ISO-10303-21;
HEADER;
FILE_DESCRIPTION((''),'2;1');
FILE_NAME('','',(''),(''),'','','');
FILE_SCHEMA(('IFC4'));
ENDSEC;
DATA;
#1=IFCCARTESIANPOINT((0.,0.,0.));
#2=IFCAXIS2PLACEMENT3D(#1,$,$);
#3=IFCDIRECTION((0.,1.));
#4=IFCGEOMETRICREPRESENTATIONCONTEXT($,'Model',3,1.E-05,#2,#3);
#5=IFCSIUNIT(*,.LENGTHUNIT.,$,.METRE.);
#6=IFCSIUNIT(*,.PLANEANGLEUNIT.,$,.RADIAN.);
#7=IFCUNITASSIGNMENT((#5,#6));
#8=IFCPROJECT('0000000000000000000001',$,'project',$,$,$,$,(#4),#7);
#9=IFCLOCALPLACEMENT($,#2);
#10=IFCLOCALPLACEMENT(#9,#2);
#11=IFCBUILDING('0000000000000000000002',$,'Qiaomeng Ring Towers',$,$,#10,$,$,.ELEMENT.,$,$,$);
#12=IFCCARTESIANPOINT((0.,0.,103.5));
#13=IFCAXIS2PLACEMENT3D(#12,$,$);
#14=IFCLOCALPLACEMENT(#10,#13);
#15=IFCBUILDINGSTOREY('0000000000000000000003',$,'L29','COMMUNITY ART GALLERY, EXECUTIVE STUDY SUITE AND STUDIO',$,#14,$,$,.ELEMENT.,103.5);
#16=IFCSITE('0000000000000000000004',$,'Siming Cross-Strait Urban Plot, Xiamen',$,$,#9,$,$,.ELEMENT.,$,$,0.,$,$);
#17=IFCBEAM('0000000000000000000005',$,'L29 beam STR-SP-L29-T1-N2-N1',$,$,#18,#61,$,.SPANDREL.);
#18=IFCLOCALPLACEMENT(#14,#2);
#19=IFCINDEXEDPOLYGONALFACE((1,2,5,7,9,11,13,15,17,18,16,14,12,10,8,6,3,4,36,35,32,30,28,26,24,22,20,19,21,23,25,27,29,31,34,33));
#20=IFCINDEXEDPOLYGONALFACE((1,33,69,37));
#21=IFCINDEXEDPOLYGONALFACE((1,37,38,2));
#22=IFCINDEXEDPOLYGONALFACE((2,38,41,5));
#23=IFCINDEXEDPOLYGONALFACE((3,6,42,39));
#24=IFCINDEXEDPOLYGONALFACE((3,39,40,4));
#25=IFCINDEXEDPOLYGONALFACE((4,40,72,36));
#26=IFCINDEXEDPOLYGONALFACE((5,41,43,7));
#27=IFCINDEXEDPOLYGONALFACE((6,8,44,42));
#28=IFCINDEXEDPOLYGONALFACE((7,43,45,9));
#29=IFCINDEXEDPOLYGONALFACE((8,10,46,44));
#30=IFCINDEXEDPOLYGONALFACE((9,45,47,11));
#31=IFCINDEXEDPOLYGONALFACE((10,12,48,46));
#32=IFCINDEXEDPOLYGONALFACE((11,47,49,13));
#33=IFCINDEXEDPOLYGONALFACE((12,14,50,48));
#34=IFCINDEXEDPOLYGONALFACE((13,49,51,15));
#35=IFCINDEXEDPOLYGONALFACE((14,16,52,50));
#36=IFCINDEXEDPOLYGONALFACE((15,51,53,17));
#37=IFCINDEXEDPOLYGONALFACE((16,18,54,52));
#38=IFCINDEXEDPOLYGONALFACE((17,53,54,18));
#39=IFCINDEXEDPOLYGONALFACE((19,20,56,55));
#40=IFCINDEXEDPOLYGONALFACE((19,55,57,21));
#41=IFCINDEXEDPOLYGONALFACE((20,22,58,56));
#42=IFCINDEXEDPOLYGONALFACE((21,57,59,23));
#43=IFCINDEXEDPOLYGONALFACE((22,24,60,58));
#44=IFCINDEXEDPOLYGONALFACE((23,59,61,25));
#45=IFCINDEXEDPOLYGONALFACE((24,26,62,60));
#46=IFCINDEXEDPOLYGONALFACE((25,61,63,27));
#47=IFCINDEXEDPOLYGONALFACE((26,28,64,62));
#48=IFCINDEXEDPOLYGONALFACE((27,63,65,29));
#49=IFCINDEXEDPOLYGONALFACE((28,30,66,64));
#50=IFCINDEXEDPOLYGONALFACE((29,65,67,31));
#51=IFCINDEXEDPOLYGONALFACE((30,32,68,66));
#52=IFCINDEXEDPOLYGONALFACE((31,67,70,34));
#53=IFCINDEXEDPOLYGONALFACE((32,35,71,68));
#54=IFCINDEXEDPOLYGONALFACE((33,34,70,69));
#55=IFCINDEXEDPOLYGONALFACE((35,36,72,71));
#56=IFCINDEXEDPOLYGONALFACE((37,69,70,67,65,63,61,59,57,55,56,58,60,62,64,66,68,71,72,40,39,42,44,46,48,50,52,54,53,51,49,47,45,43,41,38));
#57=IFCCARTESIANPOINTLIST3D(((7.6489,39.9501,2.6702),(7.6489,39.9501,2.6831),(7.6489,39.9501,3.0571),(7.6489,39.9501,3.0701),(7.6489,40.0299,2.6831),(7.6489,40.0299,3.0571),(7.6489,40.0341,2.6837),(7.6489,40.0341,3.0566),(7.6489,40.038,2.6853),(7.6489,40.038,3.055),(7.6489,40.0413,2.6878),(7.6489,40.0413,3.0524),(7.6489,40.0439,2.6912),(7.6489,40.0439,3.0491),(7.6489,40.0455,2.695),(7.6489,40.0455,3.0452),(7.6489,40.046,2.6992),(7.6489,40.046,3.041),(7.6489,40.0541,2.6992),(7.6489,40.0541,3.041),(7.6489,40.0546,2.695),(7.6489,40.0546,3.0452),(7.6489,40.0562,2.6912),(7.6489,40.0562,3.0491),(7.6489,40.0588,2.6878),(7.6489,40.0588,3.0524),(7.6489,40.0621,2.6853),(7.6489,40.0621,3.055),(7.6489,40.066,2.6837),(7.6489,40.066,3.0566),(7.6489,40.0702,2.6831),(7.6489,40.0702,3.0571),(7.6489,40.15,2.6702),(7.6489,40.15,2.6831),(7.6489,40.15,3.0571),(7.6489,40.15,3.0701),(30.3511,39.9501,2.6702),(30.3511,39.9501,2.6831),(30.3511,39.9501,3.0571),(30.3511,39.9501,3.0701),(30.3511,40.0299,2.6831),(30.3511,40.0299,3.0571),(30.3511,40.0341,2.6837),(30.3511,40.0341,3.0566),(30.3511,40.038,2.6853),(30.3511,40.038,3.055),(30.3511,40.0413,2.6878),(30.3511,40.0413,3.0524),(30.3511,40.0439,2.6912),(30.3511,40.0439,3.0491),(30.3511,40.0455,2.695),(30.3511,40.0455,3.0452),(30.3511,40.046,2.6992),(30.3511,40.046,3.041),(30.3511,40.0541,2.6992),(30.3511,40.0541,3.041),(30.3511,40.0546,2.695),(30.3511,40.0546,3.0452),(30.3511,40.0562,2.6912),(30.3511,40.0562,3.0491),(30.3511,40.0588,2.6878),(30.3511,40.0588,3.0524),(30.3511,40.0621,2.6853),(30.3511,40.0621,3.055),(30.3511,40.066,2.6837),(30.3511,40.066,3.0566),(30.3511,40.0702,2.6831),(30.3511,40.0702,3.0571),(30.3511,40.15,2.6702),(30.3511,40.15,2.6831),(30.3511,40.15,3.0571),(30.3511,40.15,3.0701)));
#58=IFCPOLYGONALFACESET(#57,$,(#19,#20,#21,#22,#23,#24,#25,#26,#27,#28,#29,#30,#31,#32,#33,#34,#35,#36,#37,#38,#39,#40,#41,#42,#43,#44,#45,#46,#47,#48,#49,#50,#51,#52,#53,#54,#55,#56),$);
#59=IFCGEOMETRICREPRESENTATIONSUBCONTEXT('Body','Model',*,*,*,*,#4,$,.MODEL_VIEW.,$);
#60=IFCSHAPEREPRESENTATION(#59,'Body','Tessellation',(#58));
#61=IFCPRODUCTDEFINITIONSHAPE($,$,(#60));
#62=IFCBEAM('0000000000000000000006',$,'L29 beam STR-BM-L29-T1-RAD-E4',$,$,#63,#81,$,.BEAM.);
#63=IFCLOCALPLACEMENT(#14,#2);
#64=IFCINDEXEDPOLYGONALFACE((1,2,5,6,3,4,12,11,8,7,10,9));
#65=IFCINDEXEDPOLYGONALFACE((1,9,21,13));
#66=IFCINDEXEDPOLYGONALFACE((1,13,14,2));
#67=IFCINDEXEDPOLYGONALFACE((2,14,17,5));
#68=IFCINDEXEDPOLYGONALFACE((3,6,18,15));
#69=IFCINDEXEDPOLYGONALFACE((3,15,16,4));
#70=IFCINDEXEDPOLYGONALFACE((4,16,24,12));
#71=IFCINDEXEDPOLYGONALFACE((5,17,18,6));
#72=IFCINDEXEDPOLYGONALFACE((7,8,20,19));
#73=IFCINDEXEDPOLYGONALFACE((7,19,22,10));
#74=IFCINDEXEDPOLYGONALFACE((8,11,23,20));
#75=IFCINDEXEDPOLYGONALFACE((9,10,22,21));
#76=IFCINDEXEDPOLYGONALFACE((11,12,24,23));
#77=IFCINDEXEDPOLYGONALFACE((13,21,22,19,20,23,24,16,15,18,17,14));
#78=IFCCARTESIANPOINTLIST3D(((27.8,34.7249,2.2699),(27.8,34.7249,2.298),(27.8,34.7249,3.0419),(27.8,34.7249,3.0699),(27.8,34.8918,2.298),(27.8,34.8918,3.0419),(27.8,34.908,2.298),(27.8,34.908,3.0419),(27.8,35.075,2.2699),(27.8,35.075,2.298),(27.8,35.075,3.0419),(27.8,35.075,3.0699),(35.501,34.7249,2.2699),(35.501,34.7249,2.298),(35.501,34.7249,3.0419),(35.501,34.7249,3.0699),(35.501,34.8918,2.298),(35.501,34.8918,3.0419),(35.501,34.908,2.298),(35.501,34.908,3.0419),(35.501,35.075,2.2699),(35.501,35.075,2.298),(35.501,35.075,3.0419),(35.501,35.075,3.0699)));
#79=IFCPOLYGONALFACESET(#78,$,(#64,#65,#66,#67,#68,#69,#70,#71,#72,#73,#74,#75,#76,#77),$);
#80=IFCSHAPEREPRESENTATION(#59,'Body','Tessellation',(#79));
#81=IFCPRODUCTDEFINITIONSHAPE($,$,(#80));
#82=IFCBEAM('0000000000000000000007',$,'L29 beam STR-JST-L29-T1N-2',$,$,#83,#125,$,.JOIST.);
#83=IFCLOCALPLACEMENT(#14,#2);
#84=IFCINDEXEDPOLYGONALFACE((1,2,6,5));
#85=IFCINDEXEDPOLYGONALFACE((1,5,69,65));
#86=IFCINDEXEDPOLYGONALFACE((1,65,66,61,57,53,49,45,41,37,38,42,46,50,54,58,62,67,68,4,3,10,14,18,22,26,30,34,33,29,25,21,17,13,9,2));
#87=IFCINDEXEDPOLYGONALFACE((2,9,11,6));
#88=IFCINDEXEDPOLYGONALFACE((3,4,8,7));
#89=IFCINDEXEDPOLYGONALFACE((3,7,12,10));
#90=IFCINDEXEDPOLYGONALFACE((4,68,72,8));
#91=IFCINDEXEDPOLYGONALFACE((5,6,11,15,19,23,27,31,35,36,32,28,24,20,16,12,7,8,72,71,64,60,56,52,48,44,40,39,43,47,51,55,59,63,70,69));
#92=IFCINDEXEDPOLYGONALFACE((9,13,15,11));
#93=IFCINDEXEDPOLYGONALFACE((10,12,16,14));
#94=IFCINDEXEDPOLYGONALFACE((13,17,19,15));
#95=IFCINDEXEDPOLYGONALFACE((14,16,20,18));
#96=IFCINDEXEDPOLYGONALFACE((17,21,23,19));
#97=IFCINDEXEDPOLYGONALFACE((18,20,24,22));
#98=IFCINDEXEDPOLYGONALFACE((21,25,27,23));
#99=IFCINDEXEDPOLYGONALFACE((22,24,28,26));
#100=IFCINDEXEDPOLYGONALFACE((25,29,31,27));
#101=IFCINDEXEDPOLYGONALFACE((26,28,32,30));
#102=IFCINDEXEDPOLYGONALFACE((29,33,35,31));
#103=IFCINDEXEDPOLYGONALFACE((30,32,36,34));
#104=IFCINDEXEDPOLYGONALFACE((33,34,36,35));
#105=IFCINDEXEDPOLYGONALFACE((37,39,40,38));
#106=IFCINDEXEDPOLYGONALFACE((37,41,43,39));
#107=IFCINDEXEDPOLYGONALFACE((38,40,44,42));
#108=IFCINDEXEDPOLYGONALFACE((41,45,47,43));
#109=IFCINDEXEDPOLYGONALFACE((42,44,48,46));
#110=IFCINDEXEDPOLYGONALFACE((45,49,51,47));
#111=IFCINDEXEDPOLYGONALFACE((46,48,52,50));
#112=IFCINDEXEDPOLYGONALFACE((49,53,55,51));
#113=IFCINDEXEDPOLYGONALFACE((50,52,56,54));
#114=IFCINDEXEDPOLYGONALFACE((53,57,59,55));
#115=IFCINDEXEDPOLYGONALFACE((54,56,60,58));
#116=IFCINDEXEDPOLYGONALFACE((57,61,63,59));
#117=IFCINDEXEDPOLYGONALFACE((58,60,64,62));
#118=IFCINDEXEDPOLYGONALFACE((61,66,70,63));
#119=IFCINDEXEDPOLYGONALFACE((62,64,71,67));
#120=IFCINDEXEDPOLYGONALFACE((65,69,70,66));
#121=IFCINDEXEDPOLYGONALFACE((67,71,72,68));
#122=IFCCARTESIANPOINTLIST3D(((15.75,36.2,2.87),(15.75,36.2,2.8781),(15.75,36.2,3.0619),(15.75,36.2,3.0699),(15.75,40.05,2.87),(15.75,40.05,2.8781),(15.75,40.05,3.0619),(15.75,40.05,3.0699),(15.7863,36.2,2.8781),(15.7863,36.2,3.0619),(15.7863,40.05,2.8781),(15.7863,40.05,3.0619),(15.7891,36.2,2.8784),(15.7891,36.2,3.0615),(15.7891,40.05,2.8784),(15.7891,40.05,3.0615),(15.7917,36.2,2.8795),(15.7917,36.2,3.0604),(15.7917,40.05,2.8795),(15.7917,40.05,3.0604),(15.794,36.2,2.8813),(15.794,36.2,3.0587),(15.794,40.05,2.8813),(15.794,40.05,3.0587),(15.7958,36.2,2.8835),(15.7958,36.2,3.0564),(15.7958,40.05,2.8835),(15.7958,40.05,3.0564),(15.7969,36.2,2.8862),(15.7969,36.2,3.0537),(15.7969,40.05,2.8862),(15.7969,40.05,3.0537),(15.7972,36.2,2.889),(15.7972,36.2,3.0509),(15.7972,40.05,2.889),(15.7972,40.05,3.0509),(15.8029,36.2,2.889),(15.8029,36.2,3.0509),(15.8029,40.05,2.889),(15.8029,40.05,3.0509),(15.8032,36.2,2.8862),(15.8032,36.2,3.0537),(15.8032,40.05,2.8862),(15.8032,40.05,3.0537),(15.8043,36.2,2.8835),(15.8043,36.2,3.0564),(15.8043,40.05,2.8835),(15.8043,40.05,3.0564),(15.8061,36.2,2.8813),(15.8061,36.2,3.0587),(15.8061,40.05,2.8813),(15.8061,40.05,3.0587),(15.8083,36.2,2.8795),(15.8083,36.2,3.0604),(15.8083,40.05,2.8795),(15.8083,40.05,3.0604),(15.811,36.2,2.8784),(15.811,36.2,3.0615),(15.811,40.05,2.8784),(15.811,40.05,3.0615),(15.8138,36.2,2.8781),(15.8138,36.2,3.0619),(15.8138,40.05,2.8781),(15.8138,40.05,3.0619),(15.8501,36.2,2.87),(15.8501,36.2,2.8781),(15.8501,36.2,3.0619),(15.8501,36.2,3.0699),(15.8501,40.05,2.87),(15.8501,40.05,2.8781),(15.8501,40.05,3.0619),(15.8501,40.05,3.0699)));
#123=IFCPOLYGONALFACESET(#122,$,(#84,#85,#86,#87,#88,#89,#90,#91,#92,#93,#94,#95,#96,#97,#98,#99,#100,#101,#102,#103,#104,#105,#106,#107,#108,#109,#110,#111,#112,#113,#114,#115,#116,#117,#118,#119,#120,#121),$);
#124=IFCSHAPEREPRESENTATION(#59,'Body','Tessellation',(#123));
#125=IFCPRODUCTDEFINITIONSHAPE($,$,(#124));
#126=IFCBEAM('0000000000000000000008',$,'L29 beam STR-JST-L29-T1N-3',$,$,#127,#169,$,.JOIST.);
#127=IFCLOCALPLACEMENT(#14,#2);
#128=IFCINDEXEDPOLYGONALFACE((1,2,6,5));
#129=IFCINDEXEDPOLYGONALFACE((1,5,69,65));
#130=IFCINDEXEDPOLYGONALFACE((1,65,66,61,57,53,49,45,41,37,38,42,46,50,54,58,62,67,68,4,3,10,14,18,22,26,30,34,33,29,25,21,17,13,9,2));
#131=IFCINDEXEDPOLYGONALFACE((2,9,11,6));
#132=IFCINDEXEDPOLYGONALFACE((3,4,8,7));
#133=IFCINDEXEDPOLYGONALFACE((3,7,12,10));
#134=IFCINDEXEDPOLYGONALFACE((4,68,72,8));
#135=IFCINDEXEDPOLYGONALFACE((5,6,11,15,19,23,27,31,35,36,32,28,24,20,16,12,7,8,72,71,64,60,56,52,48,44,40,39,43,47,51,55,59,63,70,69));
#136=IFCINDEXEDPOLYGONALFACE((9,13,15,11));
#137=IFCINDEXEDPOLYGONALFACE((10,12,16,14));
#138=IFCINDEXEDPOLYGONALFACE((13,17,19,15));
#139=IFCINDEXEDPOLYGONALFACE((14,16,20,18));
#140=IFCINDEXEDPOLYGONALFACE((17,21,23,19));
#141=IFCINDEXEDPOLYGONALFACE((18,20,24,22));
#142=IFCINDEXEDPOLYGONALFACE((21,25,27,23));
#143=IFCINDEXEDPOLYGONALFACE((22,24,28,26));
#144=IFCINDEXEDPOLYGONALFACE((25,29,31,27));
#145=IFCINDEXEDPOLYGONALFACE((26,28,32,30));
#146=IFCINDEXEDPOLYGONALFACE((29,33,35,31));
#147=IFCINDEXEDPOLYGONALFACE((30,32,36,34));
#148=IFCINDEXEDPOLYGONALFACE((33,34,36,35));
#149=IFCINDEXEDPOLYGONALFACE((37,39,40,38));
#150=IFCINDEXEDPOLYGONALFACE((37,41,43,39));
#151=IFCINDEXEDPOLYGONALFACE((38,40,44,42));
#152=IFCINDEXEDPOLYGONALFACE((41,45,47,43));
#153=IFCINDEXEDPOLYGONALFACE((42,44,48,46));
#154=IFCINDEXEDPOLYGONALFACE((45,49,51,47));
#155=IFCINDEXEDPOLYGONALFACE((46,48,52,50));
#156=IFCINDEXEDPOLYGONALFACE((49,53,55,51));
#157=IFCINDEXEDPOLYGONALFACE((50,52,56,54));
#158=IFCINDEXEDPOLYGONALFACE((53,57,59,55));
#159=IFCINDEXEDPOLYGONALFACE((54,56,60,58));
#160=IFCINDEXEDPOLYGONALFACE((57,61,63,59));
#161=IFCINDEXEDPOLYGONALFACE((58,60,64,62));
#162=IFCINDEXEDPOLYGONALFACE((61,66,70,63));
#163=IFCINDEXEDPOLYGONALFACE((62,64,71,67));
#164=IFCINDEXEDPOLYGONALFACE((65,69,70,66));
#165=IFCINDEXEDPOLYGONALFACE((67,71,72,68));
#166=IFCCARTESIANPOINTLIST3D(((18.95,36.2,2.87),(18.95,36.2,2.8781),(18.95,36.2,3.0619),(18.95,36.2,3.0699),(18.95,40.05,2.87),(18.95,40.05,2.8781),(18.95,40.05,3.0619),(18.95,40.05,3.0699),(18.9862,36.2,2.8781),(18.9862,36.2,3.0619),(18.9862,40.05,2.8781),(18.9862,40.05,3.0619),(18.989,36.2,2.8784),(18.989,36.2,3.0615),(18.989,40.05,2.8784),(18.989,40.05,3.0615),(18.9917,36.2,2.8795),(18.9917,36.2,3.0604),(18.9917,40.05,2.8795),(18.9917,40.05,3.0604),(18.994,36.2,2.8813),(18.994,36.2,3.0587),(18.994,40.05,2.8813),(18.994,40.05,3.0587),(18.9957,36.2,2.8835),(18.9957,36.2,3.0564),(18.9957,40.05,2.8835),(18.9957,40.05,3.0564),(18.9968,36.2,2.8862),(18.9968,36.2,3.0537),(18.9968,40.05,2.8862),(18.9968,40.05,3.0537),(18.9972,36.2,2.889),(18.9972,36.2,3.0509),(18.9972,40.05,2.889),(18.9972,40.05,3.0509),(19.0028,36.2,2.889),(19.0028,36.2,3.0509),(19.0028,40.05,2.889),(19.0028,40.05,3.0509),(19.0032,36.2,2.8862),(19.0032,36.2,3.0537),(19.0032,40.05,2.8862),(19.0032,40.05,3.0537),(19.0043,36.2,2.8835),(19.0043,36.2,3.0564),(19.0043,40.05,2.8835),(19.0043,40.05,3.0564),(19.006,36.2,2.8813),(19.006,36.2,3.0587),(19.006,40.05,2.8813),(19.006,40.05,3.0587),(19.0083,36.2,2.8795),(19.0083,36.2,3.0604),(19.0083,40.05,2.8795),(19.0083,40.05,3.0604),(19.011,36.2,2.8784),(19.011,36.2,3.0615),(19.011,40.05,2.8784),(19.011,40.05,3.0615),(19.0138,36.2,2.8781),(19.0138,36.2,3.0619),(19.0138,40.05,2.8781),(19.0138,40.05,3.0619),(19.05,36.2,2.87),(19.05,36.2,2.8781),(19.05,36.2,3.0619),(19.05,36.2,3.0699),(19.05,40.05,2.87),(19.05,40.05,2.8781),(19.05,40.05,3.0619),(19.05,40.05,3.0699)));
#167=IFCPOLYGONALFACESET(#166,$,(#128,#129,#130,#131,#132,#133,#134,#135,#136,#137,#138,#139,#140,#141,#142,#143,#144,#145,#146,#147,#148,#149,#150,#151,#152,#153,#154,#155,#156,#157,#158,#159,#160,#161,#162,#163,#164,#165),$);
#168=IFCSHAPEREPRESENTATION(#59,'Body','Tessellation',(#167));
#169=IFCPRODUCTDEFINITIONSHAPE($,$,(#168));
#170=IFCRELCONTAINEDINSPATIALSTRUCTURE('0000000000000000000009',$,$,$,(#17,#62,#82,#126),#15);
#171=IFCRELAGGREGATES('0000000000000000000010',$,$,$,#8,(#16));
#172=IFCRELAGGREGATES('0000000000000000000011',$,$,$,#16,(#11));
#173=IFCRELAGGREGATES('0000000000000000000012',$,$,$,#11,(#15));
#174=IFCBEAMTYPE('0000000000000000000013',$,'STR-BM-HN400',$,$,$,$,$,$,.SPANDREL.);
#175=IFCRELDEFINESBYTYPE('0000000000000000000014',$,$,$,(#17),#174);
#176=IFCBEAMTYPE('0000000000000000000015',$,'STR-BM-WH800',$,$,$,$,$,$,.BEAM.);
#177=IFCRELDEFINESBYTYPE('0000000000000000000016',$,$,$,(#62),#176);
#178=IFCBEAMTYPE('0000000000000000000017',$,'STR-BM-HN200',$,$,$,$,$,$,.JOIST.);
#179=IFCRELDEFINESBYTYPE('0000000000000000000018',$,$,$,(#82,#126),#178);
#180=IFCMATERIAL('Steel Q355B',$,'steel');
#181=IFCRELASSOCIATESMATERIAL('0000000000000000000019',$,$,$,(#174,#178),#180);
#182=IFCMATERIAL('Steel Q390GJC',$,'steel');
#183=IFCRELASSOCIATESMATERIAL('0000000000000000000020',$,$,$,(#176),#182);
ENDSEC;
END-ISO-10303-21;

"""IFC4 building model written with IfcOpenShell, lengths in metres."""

from ifc_helpers import new_model, si_unit, direction, frame, origin, origin_2d, place, context, subcontext, project, spatial, i_section, extrude, source, transform, mapped, material, material_profile, profile_set, type_object, element, save


model = new_model("IFC4")

# Units and contexts
model_context = context("Model", 3, precision=1e-05, world=origin(), true_north=direction((0.0, 1.0)))
body_context = subcontext(model_context, "Body", "Model", "MODEL_VIEW")
ifc_project = project(units=[si_unit("LENGTHUNIT", "METRE"), si_unit("PLANEANGLEUNIT", "RADIAN")], contexts=[model_context])

# Site, building, storey
site_placement = place(None, origin())
site = spatial("IfcSite", under=ifc_project, at=site_placement, Name="Siming Cross-Strait Urban Plot, Xiamen", CompositionType="ELEMENT", RefElevation=0.0)
building_placement = place(site_placement, origin())
building = spatial("IfcBuilding", under=site, at=building_placement, Name="Qiaomeng Ring Towers", CompositionType="ELEMENT")
storey_placement = place(building_placement, frame((0.0, 0.0, 103.5)))
storey = spatial("IfcBuildingStorey", under=building, at=storey_placement, Name="L29", Description="COMMUNITY ART GALLERY, EXECUTIVE STUDY SUITE AND STUDIO", CompositionType="ELEMENT", Elevation=103.5)

# Beams
ifc_material_1 = material(Name="Steel Q355B", Category="steel")
ifc_material_profile_1 = material_profile(ifc_material_1, i_section(OverallWidth=0.2, OverallDepth=0.3999, WebThickness=0.0081, FlangeThickness=0.0129, FilletRadius=0.0161, at=origin_2d()), Name="HN 400x200x8x13")
ifc_profile_set_1 = profile_set([ifc_material_profile_1], Name="Steel Q355B")
beam_type_1 = type_object("IfcBeamType", Name="STR-BM-HN400", PredefinedType="SPANDREL", material=ifc_profile_set_1)
shared_shape_1 = source(origin(), body_context, "Body", "SweptSolid", [
    extrude(i_section(OverallWidth=0.2, OverallDepth=0.3999, WebThickness=0.0081, FlangeThickness=0.0129, FilletRadius=0.0161, at=origin_2d()), origin(), (0.0, 0.0, 1.0), 22.7021),
])
beam_1_placement = place(storey_placement, frame((30.3511, 40.05, 2.8701), z_axis=(-1.0, 0.0, 0.0), x_axis=(0.0, -1.0, 0.0)))
element("IfcBeam", 1, at=beam_1_placement, inside=storey, type_object=beam_type_1, Name="L29 beam STR-SP-L29-T1-N2-N1", PredefinedType="SPANDREL", context=body_context, shape_type="MappedRepresentation", body=[
    mapped(shared_shape_1, transform((0.0, 0.0, 0.0), x_axis=(1.0, 0.0, 0.0), y_axis=(0.0, 1.0, 0.0), z_axis=(0.0, 0.0, 1.0), scale=1.0)),
])
ifc_material_2 = material(Name="Steel Q390GJC", Category="steel")
ifc_material_profile_2 = material_profile(ifc_material_2, i_section(OverallWidth=0.3501, OverallDepth=0.8, WebThickness=0.0161, FlangeThickness=0.0281, at=origin_2d()), Name="WH 800x350x16x28")
ifc_profile_set_2 = profile_set([ifc_material_profile_2], Name="Steel Q390GJC")
beam_type_2 = type_object("IfcBeamType", Name="STR-BM-WH800", PredefinedType="BEAM", material=ifc_profile_set_2)
shared_shape_2 = source(origin(), body_context, "Body", "SweptSolid", [
    extrude(i_section(OverallWidth=0.3501, OverallDepth=0.8, WebThickness=0.0161, FlangeThickness=0.0281, at=origin_2d()), origin(), (0.0, 0.0, 1.0), 7.7009),
])
beam_2_placement = place(storey_placement, frame((27.8, 34.8999, 2.6699), z_axis=(1.0, 0.0, 0.0), x_axis=(0.0, 1.0, 0.0)))
element("IfcBeam", 2, at=beam_2_placement, inside=storey, type_object=beam_type_2, Name="L29 beam STR-BM-L29-T1-RAD-E4", PredefinedType="BEAM", context=body_context, shape_type="MappedRepresentation", body=[
    mapped(shared_shape_2, transform((0.0, 0.0, 0.0), x_axis=(1.0, 0.0, 0.0), y_axis=(0.0, 1.0, 0.0), z_axis=(0.0, 0.0, 1.0), scale=1.0)),
])
ifc_material_profile_3 = material_profile(ifc_material_1, i_section(OverallWidth=0.1001, OverallDepth=0.2, WebThickness=0.0056, FlangeThickness=0.0081, FilletRadius=0.011, at=origin_2d()), Name="HN 200x100x5.5x8")
ifc_profile_set_3 = profile_set([ifc_material_profile_3], Name="Steel Q355B")
beam_type_3 = type_object("IfcBeamType", Name="STR-BM-HN200", PredefinedType="JOIST", material=ifc_profile_set_3)
shared_shape_3 = source(origin(), body_context, "Body", "SweptSolid", [
    extrude(i_section(OverallWidth=0.1001, OverallDepth=0.2, WebThickness=0.0056, FlangeThickness=0.0081, FilletRadius=0.011, at=origin_2d()), origin(), (0.0, 0.0, 1.0), 3.8501),
])
for number, where, z_axis, x_axis, name in (
    (3, (15.8, 36.2, 2.97), (0.0, 1.0, 0.0), (-1.0, 0.0, 0.0), "L29 beam STR-JST-L29-T1N-2"),
    (4, (19.0, 36.2, 2.97), (0.0, 1.0, 0.0), (-1.0, 0.0, 0.0), "L29 beam STR-JST-L29-T1N-3"),
):
    element("IfcBeam", number, at=place(storey_placement, frame(where, z_axis=z_axis, x_axis=x_axis)), inside=storey, type_object=beam_type_3, Name=name, PredefinedType="JOIST", context=body_context, shape_type="MappedRepresentation", body=[
        mapped(shared_shape_3, transform((0.0, 0.0, 0.0), x_axis=(1.0, 0.0, 0.0), y_axis=(0.0, 1.0, 0.0), z_axis=(0.0, 0.0, 1.0), scale=1.0)),
    ])

save(model, "model.ifc")
